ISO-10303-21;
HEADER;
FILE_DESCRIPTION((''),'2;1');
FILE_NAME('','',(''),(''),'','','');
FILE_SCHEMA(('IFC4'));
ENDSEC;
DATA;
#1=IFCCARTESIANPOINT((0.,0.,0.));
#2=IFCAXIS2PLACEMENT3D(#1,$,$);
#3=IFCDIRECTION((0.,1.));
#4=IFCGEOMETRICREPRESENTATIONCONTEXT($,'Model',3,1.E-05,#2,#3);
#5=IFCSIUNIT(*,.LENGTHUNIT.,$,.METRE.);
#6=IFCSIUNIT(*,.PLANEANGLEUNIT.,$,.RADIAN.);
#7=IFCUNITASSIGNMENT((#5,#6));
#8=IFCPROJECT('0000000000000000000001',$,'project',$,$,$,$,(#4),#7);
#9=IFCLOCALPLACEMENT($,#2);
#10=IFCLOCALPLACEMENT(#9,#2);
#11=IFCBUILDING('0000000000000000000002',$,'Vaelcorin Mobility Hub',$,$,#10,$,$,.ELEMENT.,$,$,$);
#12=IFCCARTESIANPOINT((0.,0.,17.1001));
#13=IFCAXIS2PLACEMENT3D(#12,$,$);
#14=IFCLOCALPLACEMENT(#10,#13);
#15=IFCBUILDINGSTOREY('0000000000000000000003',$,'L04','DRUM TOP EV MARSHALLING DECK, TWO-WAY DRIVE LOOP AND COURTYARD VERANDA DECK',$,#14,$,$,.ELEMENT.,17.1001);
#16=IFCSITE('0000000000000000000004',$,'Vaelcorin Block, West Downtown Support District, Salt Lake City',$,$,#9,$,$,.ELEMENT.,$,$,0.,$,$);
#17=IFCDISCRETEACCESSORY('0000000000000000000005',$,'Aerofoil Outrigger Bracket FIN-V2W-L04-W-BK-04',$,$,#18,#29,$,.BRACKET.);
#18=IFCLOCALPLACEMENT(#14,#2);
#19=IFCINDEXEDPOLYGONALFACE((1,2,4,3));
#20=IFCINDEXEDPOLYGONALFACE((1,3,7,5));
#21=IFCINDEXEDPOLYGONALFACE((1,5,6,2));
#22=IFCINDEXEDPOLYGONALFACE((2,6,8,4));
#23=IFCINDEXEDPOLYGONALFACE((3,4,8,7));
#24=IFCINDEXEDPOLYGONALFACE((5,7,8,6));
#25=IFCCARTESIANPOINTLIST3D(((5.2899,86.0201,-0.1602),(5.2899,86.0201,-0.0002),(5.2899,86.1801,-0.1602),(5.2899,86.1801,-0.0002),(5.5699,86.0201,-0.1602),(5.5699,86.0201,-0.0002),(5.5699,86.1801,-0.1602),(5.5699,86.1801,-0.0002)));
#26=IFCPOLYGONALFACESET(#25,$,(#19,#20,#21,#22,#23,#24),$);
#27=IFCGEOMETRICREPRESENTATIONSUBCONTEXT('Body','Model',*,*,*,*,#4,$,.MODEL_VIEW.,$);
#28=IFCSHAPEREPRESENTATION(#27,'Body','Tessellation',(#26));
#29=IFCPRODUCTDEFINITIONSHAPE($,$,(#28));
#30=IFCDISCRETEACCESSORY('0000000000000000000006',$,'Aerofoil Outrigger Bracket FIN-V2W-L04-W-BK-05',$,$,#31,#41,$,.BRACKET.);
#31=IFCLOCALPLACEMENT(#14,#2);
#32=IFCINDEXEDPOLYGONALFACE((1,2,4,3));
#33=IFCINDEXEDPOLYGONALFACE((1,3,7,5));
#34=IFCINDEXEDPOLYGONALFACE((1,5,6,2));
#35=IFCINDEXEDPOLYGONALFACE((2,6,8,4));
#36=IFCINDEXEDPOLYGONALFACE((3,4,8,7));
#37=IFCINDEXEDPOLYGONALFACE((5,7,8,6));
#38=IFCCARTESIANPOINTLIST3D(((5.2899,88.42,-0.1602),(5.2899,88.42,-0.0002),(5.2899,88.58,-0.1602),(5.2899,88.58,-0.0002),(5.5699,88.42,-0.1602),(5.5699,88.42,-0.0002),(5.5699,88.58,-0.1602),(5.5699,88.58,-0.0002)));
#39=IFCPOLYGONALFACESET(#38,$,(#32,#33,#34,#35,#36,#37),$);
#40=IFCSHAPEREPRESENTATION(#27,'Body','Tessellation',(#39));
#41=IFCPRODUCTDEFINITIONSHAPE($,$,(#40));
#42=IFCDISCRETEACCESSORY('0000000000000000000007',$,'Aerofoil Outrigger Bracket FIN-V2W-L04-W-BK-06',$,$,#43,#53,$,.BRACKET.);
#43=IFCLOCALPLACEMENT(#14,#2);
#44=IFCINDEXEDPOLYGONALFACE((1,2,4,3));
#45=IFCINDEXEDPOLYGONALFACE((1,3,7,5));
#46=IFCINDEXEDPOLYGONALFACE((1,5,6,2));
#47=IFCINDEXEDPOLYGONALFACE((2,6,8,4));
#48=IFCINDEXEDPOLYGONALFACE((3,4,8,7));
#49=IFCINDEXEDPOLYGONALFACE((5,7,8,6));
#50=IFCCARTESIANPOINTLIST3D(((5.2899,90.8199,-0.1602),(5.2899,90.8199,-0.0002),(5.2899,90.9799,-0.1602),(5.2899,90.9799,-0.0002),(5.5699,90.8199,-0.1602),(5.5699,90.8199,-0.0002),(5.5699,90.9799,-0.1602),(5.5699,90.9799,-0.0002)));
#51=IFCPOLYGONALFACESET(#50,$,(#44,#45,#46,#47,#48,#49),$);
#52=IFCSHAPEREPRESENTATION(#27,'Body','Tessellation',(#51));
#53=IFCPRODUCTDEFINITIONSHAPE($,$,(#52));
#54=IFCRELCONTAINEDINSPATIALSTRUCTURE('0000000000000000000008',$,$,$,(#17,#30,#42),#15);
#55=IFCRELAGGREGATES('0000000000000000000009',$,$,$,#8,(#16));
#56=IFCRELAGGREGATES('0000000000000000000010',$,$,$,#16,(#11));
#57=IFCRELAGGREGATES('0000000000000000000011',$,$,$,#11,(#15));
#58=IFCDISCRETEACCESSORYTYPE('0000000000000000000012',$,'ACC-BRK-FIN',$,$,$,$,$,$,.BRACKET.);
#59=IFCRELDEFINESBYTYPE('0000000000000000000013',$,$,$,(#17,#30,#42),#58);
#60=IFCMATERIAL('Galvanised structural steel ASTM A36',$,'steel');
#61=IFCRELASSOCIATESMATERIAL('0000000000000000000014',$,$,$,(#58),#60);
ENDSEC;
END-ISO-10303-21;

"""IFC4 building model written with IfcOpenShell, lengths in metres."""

from ifc_helpers import new_model, si_unit, direction, frame, origin, origin_2d, place, context, subcontext, project, spatial, rectangle, extrude, material, type_object, element, save


model = new_model("IFC4")

# Units and contexts
model_context = context("Model", 3, precision=1e-05, world=origin(), true_north=direction((0.0, 1.0)))
body_context = subcontext(model_context, "Body", "Model", "MODEL_VIEW")
ifc_project = project(units=[si_unit("LENGTHUNIT", "METRE"), si_unit("PLANEANGLEUNIT", "RADIAN")], contexts=[model_context])

# Site, building, storey
site_placement = place(None, origin())
site = spatial("IfcSite", under=ifc_project, at=site_placement, Name="Vaelcorin Block, West Downtown Support District, Salt Lake City", CompositionType="ELEMENT", RefElevation=0.0)
building_placement = place(site_placement, origin())
building = spatial("IfcBuilding", under=site, at=building_placement, Name="Vaelcorin Mobility Hub", CompositionType="ELEMENT")
storey_placement = place(building_placement, frame((0.0, 0.0, 17.1001)))
storey = spatial("IfcBuildingStorey", under=building, at=storey_placement, Name="L04", Description="DRUM TOP EV MARSHALLING DECK, TWO-WAY DRIVE LOOP AND COURTYARD VERANDA DECK", CompositionType="ELEMENT", Elevation=17.1001)

# Shared definitions
ifc_material_1 = material(Name="Galvanised structural steel ASTM A36", Category="steel")

# Discrete accessories
discrete_accessory_type = type_object("IfcDiscreteAccessoryType", Name="ACC-BRK-FIN", PredefinedType="BRACKET", material=ifc_material_1)
for number, where, z_axis, x_axis, name in (
    (1, (5.4299, 86.1001, -0.1602), (0.0, 0.0, 1.0), (-1.0, 0.0, 0.0), "Aerofoil Outrigger Bracket FIN-V2W-L04-W-BK-04"),
    (2, (5.4299, 88.5, -0.1602), (0.0, 0.0, 1.0), (-1.0, 0.0, 0.0), "Aerofoil Outrigger Bracket FIN-V2W-L04-W-BK-05"),
    (3, (5.4299, 90.8999, -0.1602), (0.0, 0.0, 1.0), (-1.0, 0.0, 0.0), "Aerofoil Outrigger Bracket FIN-V2W-L04-W-BK-06"),
):
    element("IfcDiscreteAccessory", number, at=place(storey_placement, frame(where, z_axis=z_axis, x_axis=x_axis)), inside=storey, type_object=discrete_accessory_type, Name=name, PredefinedType="BRACKET", context=body_context, shape_type="SweptSolid", body=[
        extrude(rectangle(XDim=0.28, YDim=0.1599, at=origin_2d()), origin(), (0.0, 0.0, 1.0), 0.1599),
    ])

save(model, "model.ifc")
